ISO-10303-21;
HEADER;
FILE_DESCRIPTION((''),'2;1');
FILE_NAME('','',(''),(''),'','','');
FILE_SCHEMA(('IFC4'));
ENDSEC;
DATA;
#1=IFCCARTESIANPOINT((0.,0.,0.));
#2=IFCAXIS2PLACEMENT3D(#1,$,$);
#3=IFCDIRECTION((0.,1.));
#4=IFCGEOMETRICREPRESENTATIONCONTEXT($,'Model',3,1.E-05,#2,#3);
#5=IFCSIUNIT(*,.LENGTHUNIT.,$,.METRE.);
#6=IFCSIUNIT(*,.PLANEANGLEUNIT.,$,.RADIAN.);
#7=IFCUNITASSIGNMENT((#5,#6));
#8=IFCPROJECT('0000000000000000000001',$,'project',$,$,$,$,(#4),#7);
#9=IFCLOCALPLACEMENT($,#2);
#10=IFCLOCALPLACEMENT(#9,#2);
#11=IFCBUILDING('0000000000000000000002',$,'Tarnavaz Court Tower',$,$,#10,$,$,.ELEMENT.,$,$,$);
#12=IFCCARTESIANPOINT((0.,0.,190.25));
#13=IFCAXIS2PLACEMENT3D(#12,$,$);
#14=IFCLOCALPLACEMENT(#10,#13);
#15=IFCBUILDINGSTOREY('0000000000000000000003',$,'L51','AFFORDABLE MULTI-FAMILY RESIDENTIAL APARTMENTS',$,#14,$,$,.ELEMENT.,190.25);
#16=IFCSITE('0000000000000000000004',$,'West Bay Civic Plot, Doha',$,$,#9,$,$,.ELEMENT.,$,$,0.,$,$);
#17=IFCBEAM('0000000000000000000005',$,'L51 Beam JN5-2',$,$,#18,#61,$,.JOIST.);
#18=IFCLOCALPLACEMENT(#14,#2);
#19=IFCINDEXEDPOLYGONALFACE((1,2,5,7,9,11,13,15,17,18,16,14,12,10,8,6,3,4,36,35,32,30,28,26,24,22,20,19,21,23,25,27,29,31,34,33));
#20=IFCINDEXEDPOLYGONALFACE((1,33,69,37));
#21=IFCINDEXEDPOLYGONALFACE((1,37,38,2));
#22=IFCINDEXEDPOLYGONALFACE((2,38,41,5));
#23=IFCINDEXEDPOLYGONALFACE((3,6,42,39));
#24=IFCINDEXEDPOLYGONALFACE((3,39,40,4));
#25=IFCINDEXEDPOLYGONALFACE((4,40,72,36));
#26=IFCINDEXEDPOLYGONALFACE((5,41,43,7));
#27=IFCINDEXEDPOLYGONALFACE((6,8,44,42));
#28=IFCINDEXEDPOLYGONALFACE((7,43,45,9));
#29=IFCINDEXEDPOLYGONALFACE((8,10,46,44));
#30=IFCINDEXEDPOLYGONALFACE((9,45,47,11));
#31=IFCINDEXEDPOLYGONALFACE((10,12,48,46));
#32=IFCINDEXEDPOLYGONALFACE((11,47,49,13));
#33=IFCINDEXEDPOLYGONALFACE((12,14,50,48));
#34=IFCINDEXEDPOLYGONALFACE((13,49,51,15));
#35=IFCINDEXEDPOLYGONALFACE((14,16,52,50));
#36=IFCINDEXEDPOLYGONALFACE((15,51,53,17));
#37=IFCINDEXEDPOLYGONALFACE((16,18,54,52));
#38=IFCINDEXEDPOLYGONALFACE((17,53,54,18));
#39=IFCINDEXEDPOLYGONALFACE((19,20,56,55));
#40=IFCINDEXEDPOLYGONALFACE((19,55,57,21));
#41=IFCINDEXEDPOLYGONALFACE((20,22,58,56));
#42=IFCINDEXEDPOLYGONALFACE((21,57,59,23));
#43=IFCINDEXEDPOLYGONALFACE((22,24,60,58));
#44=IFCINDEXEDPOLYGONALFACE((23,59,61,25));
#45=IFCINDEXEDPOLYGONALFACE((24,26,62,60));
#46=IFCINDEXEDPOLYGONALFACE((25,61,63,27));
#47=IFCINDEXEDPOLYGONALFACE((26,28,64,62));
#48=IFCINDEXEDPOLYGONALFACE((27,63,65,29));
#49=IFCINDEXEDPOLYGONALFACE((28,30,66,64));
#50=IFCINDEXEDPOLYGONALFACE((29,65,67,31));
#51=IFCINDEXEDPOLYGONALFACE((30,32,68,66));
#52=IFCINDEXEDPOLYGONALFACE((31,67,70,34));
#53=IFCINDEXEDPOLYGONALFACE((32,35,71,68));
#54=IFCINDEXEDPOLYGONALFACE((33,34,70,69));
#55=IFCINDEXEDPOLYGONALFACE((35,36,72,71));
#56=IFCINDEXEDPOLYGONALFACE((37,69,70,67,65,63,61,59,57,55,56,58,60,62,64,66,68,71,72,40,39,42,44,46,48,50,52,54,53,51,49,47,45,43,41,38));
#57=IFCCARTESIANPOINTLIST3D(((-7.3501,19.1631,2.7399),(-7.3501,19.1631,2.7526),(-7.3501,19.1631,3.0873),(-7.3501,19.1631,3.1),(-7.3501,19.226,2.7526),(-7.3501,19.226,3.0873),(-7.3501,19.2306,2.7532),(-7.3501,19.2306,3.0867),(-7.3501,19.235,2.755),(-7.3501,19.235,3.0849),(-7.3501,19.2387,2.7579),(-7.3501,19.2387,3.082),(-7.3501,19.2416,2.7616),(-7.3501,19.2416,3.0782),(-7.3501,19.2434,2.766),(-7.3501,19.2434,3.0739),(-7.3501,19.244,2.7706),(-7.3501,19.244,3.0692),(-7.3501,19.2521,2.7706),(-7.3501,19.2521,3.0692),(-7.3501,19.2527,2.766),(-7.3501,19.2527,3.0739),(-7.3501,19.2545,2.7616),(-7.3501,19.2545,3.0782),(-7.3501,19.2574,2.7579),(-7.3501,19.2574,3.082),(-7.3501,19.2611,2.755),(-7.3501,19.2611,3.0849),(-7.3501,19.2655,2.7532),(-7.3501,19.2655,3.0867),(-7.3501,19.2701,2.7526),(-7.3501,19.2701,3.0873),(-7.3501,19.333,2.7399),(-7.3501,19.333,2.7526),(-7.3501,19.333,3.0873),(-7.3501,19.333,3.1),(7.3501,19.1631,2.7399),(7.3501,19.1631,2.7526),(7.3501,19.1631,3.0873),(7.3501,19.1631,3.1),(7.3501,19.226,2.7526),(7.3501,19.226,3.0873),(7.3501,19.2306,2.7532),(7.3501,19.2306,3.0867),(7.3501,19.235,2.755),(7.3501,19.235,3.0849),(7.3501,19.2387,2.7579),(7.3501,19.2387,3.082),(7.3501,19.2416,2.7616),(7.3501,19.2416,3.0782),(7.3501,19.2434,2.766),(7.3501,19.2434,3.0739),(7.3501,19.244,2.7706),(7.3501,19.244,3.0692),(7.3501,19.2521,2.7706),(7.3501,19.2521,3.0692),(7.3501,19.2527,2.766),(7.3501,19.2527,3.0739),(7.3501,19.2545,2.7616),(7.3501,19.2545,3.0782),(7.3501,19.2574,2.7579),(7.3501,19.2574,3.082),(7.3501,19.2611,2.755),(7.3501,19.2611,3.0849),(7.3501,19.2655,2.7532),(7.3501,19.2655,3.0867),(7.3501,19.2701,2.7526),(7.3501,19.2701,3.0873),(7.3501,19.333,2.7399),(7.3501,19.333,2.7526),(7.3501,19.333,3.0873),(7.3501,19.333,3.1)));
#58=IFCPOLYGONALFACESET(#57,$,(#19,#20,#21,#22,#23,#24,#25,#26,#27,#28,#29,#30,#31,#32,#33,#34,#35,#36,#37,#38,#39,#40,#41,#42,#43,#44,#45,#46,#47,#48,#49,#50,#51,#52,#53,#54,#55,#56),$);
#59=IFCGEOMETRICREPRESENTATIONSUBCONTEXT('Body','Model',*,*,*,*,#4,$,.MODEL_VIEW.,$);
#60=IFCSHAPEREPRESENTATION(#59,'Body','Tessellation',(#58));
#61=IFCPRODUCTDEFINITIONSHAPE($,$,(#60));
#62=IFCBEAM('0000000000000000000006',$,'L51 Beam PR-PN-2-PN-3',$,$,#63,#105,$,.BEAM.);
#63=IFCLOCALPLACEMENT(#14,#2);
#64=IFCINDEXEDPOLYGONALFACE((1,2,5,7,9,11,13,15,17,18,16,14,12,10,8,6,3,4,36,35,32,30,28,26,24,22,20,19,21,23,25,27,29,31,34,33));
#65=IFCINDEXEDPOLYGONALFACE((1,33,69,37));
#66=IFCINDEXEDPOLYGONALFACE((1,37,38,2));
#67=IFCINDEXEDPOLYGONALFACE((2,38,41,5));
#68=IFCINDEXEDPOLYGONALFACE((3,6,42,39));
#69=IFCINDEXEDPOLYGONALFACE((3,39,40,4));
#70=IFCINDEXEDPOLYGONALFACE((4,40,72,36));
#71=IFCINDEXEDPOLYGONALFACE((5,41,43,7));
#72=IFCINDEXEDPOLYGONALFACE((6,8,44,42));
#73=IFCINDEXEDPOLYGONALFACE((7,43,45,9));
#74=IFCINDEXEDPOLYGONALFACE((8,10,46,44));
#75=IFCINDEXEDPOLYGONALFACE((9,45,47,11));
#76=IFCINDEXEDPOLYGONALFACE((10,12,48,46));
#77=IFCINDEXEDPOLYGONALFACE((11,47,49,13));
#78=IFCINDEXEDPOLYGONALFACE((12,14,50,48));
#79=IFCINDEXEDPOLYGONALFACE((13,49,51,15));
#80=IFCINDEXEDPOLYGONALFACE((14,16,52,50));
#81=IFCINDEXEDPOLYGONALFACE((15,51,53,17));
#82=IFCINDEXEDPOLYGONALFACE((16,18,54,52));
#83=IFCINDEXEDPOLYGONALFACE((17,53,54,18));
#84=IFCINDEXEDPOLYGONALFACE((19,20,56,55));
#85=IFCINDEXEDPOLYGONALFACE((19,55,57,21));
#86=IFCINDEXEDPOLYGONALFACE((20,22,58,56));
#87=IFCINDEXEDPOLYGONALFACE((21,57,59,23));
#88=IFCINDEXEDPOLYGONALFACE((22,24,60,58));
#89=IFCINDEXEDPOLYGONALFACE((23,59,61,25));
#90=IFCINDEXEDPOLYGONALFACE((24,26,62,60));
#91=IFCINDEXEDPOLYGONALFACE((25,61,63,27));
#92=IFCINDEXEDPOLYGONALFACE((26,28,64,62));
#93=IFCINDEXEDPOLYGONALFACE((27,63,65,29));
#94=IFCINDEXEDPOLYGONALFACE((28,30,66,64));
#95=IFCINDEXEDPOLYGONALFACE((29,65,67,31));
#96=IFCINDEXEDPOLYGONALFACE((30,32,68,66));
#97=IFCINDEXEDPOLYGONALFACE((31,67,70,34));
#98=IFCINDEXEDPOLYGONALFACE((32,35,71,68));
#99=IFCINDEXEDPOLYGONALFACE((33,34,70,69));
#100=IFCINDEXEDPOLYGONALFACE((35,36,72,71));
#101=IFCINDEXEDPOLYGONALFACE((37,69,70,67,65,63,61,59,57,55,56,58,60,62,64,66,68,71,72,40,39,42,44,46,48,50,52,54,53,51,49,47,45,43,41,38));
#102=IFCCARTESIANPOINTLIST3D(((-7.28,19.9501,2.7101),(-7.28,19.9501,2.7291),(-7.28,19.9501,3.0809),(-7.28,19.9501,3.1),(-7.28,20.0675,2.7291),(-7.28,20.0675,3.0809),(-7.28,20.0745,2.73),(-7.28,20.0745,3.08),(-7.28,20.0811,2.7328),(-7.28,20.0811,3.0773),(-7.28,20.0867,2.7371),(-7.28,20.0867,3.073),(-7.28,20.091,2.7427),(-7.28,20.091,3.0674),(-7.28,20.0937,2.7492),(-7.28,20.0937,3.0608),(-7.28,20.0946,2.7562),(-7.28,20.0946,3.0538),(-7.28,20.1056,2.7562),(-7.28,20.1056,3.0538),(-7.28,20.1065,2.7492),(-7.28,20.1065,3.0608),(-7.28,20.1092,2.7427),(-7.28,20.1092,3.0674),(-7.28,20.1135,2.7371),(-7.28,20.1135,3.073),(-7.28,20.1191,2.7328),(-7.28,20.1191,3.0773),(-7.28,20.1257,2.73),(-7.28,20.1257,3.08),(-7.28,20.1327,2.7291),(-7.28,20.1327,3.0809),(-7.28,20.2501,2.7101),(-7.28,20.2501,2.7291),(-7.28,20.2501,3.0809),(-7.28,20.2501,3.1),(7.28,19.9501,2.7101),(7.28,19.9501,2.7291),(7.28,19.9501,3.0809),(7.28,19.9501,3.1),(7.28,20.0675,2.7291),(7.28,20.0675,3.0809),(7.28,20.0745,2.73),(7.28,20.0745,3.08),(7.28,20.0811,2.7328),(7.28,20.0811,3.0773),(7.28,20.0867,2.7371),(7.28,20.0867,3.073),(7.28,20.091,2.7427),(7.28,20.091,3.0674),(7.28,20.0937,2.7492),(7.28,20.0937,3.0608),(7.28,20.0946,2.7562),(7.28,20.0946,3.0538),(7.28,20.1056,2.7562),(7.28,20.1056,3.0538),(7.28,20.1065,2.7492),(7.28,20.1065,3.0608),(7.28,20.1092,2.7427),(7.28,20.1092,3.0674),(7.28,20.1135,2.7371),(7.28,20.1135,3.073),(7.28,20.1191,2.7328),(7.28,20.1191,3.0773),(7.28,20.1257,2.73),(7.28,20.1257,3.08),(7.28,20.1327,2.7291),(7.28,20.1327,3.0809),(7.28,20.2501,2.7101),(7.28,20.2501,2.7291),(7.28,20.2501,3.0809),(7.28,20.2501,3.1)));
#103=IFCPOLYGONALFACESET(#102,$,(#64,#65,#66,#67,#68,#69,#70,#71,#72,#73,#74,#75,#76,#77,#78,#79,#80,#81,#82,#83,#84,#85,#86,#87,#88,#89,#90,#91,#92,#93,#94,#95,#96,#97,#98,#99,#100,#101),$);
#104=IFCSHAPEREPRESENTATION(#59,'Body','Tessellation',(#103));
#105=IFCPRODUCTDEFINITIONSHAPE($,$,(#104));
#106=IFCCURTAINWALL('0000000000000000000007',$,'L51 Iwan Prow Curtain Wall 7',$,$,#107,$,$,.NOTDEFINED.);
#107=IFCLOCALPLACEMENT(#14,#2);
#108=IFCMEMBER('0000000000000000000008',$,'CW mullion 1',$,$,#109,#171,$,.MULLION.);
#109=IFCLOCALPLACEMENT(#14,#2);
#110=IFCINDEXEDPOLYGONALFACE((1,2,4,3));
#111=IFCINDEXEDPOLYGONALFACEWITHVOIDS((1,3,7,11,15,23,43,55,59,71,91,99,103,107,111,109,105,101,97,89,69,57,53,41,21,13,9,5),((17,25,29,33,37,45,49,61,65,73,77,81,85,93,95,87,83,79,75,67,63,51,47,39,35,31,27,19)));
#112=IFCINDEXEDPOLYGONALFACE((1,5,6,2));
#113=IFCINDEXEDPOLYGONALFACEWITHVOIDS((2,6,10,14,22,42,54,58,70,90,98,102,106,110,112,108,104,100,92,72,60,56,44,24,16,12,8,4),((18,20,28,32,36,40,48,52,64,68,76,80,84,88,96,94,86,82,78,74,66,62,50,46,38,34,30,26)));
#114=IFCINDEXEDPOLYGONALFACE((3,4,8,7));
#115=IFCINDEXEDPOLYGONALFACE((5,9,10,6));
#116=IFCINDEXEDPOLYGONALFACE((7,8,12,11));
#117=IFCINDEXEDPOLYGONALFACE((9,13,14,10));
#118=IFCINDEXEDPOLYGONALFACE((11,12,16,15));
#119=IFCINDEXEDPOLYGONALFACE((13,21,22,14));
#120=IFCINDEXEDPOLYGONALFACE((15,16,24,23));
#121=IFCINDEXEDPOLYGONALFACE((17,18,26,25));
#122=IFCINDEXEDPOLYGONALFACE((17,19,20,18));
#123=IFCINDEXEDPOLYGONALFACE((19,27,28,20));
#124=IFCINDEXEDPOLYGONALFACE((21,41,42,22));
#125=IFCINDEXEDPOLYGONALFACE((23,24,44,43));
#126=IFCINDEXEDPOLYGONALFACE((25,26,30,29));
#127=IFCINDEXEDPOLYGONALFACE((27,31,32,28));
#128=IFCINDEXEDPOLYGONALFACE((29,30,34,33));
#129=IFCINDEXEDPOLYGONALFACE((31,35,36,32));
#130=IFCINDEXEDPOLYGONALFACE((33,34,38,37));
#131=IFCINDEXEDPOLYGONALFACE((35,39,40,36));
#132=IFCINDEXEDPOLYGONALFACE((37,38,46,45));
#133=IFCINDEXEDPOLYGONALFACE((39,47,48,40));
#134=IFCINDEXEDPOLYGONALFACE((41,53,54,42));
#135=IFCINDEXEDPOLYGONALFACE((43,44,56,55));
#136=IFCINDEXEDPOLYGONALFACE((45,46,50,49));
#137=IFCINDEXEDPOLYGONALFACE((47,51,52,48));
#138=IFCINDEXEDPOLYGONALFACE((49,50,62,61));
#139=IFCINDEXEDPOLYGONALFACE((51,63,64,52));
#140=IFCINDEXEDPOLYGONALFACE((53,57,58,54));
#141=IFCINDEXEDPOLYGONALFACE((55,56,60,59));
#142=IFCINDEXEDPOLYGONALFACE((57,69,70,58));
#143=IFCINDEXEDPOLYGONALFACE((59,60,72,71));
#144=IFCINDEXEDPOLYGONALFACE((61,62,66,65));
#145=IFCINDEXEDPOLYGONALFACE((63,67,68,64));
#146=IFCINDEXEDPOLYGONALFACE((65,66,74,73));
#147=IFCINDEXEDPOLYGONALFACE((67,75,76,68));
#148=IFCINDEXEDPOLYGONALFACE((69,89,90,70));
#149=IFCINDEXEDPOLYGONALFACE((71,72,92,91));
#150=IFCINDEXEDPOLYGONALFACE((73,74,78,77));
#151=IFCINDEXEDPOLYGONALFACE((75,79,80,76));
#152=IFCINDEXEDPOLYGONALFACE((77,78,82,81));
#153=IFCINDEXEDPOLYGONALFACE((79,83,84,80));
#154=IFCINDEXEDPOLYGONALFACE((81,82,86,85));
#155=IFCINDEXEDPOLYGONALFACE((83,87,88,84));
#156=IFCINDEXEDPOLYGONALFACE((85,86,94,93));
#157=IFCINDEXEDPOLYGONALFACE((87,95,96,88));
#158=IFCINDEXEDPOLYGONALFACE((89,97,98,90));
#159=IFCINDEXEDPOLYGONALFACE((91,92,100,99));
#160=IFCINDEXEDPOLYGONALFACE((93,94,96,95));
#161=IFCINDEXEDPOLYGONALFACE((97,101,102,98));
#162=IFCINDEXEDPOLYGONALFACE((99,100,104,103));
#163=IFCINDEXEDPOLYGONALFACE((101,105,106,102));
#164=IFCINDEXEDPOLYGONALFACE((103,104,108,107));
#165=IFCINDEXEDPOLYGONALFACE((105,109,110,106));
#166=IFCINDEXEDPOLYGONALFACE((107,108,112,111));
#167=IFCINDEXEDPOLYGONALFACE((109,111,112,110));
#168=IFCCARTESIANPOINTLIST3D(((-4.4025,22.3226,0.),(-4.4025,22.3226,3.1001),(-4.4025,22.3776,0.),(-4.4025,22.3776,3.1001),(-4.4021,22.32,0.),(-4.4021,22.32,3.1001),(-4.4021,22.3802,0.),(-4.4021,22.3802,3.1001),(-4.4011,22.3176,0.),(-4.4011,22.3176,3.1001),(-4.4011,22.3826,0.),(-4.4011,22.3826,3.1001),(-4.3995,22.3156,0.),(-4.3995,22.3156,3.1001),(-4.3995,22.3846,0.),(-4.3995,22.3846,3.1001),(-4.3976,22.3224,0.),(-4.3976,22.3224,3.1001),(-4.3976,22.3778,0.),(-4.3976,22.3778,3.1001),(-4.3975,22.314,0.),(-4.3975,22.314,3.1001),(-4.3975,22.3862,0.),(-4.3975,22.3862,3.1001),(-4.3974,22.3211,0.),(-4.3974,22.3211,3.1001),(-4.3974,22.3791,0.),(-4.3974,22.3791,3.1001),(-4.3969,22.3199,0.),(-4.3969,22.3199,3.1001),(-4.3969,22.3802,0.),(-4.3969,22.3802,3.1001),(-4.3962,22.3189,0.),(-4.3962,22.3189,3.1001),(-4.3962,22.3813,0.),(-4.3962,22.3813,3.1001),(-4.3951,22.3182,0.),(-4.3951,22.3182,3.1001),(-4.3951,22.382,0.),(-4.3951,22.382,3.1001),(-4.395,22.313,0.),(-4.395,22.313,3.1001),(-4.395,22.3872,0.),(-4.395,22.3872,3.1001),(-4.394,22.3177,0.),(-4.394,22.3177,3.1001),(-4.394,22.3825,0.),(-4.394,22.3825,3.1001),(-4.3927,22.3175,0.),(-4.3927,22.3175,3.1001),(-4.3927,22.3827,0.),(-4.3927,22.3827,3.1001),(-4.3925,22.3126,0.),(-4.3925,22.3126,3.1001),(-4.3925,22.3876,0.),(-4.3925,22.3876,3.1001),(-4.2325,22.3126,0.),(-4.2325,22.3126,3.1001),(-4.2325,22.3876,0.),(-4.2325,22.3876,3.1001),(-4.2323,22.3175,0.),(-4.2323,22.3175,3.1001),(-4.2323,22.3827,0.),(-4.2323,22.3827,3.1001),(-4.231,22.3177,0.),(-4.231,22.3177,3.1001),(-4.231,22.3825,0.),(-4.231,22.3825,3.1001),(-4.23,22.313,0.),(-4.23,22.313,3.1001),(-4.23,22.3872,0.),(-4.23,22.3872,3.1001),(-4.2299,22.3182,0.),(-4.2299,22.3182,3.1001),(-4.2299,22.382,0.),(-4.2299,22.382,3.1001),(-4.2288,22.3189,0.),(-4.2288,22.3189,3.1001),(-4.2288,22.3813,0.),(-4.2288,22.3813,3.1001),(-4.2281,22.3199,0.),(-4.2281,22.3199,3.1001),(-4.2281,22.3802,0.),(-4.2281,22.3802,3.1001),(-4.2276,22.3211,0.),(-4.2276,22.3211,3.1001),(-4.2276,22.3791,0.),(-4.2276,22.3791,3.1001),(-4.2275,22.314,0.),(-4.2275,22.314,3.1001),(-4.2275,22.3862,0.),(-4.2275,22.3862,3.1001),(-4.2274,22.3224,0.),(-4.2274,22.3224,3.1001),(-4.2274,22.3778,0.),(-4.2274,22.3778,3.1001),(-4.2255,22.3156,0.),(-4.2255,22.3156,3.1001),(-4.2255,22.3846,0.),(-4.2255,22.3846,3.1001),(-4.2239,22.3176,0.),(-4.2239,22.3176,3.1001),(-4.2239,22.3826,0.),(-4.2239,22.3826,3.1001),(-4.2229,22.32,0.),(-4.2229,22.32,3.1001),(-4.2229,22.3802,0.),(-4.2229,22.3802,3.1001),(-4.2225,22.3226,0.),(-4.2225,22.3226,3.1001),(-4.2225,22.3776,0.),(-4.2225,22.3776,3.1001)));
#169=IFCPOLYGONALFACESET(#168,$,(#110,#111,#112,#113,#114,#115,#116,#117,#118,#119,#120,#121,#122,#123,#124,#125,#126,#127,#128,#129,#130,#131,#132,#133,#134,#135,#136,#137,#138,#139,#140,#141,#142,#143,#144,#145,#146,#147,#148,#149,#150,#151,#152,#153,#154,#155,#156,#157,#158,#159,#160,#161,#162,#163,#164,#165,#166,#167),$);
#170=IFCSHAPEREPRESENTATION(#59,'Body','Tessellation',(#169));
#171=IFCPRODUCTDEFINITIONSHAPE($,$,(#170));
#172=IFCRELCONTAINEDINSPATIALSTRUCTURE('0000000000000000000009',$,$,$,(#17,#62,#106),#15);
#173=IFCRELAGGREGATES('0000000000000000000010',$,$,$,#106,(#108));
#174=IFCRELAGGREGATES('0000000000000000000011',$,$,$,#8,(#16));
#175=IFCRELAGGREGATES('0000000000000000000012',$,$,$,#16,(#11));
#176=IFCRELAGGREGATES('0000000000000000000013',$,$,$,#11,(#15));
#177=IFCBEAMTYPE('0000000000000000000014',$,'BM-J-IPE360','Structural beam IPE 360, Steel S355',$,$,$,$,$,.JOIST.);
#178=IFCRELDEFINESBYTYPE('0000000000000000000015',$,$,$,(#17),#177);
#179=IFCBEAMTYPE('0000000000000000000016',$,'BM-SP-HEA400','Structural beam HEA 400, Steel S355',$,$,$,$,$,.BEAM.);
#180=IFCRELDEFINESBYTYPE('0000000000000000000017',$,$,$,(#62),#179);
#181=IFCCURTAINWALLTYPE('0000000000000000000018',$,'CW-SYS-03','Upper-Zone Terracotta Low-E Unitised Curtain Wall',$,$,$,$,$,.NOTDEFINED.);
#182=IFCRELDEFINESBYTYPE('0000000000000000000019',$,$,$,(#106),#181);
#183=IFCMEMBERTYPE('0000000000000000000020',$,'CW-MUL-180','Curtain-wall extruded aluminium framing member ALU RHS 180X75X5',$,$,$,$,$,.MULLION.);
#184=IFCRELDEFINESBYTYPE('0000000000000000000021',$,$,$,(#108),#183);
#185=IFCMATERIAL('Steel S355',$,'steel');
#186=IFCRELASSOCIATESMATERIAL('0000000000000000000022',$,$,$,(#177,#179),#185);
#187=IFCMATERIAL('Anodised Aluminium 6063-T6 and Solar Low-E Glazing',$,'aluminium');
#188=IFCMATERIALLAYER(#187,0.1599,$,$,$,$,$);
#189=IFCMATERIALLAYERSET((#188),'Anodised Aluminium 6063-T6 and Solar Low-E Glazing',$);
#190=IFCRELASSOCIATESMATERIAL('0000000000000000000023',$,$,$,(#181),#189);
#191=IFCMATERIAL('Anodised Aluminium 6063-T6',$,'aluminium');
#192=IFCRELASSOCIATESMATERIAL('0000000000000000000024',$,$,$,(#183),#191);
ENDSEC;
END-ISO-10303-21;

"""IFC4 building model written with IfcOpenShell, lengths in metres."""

from ifc_helpers import new_model, si_unit, direction, frame, origin, origin_2d, place, context, subcontext, project, spatial, hollow_rectangle, i_section, extrude, material, layer, layer_set, material_profile, profile_set, type_object, element, aggregate, save


model = new_model("IFC4")

# Units and contexts
model_context = context("Model", 3, precision=1e-05, world=origin(), true_north=direction((0.0, 1.0)))
body_context = subcontext(model_context, "Body", "Model", "MODEL_VIEW")
ifc_project = project(units=[si_unit("LENGTHUNIT", "METRE"), si_unit("PLANEANGLEUNIT", "RADIAN")], contexts=[model_context])

# Site, building, storey
site_placement = place(None, origin())
site = spatial("IfcSite", under=ifc_project, at=site_placement, Name="West Bay Civic Plot, Doha", CompositionType="ELEMENT", RefElevation=0.0)
building_placement = place(site_placement, origin())
building = spatial("IfcBuilding", under=site, at=building_placement, Name="Tarnavaz Court Tower", CompositionType="ELEMENT")
storey_placement = place(building_placement, frame((0.0, 0.0, 190.25)))
storey = spatial("IfcBuildingStorey", under=building, at=storey_placement, Name="L51", Description="AFFORDABLE MULTI-FAMILY RESIDENTIAL APARTMENTS", CompositionType="ELEMENT", Elevation=190.25)

# Beams
ifc_material_1 = material(Name="Steel S355", Category="steel")
ifc_material_profile_1 = material_profile(ifc_material_1, i_section(OverallWidth=0.1699, OverallDepth=0.3601, WebThickness=0.0081, FlangeThickness=0.0127, FilletRadius=0.0181, at=origin_2d()), Name="IPE 360")
ifc_profile_set_1 = profile_set([ifc_material_profile_1], Name="Steel S355")
beam_type_1 = type_object("IfcBeamType", Name="BM-J-IPE360", Description="Structural beam IPE 360, Steel S355", PredefinedType="JOIST", material=ifc_profile_set_1)
for number, where, z_axis, x_axis, name in (
    (1, (-7.3501, 19.248, 2.9199), (1.0, 0.0, 0.0), (0.0, 1.0, 0.0), "L51 Beam JN5-2"),
):
    element("IfcBeam", number, at=place(storey_placement, frame(where, z_axis=z_axis, x_axis=x_axis)), inside=storey, type_object=beam_type_1, Name=name, PredefinedType="JOIST", context=body_context, shape_type="SweptSolid", body=[
        extrude(i_section(OverallWidth=0.1699, OverallDepth=0.3601, WebThickness=0.0081, FlangeThickness=0.0127, FilletRadius=0.0181, at=origin_2d()), origin(), (0.0, 0.0, 1.0), 14.7002),
    ])
ifc_material_profile_2 = material_profile(ifc_material_1, i_section(OverallWidth=0.3, OverallDepth=0.3899, WebThickness=0.011, FlangeThickness=0.019, FilletRadius=0.0271, at=origin_2d()), Name="HEA 400")
ifc_profile_set_2 = profile_set([ifc_material_profile_2], Name="Steel S355")
beam_type_2 = type_object("IfcBeamType", Name="BM-SP-HEA400", Description="Structural beam HEA 400, Steel S355", PredefinedType="BEAM", material=ifc_profile_set_2)
beam_placement = place(storey_placement, frame((-7.28, 20.1001, 2.905), z_axis=(1.0, 0.0, 0.0), x_axis=(0.0, 1.0, 0.0)))
element("IfcBeam", 2, at=beam_placement, inside=storey, type_object=beam_type_2, Name="L51 Beam PR-PN-2-PN-3", PredefinedType="BEAM", context=body_context, shape_type="SweptSolid", body=[
    extrude(i_section(OverallWidth=0.3, OverallDepth=0.3899, WebThickness=0.011, FlangeThickness=0.019, FilletRadius=0.0271, at=origin_2d()), origin(), (0.0, 0.0, 1.0), 14.5601),
])

# Curtain wall, member
ifc_material_2 = material(Name="Anodised Aluminium 6063-T6 and Solar Low-E Glazing", Category="aluminium")
ifc_layer_1 = layer(ifc_material_2, 0.1599)
ifc_layer_set_1 = layer_set([ifc_layer_1], Name="Anodised Aluminium 6063-T6 and Solar Low-E Glazing")
curtain_wall_type = type_object("IfcCurtainWallType", Name="CW-SYS-03", Description="Upper-Zone Terracotta Low-E Unitised Curtain Wall", PredefinedType="NOTDEFINED", material=ifc_layer_set_1)
curtain_wall_placement = place(storey_placement, origin())
curtain_wall = element("IfcCurtainWall", 3, at=curtain_wall_placement, inside=storey, type_object=curtain_wall_type, Name="L51 Iwan Prow Curtain Wall 7", PredefinedType="NOTDEFINED")
ifc_material_3 = material(Name="Anodised Aluminium 6063-T6", Category="aluminium")
ifc_material_profile_3 = material_profile(ifc_material_3, hollow_rectangle(XDim=0.075, YDim=0.1799, WallThickness=0.0049, InnerFilletRadius=0.0049, OuterFilletRadius=0.01, at=origin_2d()), Name="ALU RHS 180X75X5")
ifc_profile_set_3 = profile_set([ifc_material_profile_3], Name="Anodised Aluminium 6063-T6")
member_type_1 = type_object("IfcMemberType", Name="CW-MUL-180", Description="Curtain-wall extruded aluminium framing member ALU RHS 180X75X5", PredefinedType="MULLION", material=ifc_profile_set_3)
member_1_placement = place(storey_placement, frame((-4.3125, 22.3501, 0.0), z_axis=(0.0, 0.0, 1.0), x_axis=(0.0, 1.0, 0.0)))
member_1 = element("IfcMember", 4, at=member_1_placement, type_object=member_type_1, Name="CW mullion 1", PredefinedType="MULLION", context=body_context, shape_type="SweptSolid", body=[
    extrude(hollow_rectangle(XDim=0.075, YDim=0.1799, WallThickness=0.0049, InnerFilletRadius=0.0049, OuterFilletRadius=0.01, at=origin_2d()), origin(), (0.0, 0.0, 1.0), 3.1001),
])
aggregate(curtain_wall, [member_1])

save(model, "model.ifc")
